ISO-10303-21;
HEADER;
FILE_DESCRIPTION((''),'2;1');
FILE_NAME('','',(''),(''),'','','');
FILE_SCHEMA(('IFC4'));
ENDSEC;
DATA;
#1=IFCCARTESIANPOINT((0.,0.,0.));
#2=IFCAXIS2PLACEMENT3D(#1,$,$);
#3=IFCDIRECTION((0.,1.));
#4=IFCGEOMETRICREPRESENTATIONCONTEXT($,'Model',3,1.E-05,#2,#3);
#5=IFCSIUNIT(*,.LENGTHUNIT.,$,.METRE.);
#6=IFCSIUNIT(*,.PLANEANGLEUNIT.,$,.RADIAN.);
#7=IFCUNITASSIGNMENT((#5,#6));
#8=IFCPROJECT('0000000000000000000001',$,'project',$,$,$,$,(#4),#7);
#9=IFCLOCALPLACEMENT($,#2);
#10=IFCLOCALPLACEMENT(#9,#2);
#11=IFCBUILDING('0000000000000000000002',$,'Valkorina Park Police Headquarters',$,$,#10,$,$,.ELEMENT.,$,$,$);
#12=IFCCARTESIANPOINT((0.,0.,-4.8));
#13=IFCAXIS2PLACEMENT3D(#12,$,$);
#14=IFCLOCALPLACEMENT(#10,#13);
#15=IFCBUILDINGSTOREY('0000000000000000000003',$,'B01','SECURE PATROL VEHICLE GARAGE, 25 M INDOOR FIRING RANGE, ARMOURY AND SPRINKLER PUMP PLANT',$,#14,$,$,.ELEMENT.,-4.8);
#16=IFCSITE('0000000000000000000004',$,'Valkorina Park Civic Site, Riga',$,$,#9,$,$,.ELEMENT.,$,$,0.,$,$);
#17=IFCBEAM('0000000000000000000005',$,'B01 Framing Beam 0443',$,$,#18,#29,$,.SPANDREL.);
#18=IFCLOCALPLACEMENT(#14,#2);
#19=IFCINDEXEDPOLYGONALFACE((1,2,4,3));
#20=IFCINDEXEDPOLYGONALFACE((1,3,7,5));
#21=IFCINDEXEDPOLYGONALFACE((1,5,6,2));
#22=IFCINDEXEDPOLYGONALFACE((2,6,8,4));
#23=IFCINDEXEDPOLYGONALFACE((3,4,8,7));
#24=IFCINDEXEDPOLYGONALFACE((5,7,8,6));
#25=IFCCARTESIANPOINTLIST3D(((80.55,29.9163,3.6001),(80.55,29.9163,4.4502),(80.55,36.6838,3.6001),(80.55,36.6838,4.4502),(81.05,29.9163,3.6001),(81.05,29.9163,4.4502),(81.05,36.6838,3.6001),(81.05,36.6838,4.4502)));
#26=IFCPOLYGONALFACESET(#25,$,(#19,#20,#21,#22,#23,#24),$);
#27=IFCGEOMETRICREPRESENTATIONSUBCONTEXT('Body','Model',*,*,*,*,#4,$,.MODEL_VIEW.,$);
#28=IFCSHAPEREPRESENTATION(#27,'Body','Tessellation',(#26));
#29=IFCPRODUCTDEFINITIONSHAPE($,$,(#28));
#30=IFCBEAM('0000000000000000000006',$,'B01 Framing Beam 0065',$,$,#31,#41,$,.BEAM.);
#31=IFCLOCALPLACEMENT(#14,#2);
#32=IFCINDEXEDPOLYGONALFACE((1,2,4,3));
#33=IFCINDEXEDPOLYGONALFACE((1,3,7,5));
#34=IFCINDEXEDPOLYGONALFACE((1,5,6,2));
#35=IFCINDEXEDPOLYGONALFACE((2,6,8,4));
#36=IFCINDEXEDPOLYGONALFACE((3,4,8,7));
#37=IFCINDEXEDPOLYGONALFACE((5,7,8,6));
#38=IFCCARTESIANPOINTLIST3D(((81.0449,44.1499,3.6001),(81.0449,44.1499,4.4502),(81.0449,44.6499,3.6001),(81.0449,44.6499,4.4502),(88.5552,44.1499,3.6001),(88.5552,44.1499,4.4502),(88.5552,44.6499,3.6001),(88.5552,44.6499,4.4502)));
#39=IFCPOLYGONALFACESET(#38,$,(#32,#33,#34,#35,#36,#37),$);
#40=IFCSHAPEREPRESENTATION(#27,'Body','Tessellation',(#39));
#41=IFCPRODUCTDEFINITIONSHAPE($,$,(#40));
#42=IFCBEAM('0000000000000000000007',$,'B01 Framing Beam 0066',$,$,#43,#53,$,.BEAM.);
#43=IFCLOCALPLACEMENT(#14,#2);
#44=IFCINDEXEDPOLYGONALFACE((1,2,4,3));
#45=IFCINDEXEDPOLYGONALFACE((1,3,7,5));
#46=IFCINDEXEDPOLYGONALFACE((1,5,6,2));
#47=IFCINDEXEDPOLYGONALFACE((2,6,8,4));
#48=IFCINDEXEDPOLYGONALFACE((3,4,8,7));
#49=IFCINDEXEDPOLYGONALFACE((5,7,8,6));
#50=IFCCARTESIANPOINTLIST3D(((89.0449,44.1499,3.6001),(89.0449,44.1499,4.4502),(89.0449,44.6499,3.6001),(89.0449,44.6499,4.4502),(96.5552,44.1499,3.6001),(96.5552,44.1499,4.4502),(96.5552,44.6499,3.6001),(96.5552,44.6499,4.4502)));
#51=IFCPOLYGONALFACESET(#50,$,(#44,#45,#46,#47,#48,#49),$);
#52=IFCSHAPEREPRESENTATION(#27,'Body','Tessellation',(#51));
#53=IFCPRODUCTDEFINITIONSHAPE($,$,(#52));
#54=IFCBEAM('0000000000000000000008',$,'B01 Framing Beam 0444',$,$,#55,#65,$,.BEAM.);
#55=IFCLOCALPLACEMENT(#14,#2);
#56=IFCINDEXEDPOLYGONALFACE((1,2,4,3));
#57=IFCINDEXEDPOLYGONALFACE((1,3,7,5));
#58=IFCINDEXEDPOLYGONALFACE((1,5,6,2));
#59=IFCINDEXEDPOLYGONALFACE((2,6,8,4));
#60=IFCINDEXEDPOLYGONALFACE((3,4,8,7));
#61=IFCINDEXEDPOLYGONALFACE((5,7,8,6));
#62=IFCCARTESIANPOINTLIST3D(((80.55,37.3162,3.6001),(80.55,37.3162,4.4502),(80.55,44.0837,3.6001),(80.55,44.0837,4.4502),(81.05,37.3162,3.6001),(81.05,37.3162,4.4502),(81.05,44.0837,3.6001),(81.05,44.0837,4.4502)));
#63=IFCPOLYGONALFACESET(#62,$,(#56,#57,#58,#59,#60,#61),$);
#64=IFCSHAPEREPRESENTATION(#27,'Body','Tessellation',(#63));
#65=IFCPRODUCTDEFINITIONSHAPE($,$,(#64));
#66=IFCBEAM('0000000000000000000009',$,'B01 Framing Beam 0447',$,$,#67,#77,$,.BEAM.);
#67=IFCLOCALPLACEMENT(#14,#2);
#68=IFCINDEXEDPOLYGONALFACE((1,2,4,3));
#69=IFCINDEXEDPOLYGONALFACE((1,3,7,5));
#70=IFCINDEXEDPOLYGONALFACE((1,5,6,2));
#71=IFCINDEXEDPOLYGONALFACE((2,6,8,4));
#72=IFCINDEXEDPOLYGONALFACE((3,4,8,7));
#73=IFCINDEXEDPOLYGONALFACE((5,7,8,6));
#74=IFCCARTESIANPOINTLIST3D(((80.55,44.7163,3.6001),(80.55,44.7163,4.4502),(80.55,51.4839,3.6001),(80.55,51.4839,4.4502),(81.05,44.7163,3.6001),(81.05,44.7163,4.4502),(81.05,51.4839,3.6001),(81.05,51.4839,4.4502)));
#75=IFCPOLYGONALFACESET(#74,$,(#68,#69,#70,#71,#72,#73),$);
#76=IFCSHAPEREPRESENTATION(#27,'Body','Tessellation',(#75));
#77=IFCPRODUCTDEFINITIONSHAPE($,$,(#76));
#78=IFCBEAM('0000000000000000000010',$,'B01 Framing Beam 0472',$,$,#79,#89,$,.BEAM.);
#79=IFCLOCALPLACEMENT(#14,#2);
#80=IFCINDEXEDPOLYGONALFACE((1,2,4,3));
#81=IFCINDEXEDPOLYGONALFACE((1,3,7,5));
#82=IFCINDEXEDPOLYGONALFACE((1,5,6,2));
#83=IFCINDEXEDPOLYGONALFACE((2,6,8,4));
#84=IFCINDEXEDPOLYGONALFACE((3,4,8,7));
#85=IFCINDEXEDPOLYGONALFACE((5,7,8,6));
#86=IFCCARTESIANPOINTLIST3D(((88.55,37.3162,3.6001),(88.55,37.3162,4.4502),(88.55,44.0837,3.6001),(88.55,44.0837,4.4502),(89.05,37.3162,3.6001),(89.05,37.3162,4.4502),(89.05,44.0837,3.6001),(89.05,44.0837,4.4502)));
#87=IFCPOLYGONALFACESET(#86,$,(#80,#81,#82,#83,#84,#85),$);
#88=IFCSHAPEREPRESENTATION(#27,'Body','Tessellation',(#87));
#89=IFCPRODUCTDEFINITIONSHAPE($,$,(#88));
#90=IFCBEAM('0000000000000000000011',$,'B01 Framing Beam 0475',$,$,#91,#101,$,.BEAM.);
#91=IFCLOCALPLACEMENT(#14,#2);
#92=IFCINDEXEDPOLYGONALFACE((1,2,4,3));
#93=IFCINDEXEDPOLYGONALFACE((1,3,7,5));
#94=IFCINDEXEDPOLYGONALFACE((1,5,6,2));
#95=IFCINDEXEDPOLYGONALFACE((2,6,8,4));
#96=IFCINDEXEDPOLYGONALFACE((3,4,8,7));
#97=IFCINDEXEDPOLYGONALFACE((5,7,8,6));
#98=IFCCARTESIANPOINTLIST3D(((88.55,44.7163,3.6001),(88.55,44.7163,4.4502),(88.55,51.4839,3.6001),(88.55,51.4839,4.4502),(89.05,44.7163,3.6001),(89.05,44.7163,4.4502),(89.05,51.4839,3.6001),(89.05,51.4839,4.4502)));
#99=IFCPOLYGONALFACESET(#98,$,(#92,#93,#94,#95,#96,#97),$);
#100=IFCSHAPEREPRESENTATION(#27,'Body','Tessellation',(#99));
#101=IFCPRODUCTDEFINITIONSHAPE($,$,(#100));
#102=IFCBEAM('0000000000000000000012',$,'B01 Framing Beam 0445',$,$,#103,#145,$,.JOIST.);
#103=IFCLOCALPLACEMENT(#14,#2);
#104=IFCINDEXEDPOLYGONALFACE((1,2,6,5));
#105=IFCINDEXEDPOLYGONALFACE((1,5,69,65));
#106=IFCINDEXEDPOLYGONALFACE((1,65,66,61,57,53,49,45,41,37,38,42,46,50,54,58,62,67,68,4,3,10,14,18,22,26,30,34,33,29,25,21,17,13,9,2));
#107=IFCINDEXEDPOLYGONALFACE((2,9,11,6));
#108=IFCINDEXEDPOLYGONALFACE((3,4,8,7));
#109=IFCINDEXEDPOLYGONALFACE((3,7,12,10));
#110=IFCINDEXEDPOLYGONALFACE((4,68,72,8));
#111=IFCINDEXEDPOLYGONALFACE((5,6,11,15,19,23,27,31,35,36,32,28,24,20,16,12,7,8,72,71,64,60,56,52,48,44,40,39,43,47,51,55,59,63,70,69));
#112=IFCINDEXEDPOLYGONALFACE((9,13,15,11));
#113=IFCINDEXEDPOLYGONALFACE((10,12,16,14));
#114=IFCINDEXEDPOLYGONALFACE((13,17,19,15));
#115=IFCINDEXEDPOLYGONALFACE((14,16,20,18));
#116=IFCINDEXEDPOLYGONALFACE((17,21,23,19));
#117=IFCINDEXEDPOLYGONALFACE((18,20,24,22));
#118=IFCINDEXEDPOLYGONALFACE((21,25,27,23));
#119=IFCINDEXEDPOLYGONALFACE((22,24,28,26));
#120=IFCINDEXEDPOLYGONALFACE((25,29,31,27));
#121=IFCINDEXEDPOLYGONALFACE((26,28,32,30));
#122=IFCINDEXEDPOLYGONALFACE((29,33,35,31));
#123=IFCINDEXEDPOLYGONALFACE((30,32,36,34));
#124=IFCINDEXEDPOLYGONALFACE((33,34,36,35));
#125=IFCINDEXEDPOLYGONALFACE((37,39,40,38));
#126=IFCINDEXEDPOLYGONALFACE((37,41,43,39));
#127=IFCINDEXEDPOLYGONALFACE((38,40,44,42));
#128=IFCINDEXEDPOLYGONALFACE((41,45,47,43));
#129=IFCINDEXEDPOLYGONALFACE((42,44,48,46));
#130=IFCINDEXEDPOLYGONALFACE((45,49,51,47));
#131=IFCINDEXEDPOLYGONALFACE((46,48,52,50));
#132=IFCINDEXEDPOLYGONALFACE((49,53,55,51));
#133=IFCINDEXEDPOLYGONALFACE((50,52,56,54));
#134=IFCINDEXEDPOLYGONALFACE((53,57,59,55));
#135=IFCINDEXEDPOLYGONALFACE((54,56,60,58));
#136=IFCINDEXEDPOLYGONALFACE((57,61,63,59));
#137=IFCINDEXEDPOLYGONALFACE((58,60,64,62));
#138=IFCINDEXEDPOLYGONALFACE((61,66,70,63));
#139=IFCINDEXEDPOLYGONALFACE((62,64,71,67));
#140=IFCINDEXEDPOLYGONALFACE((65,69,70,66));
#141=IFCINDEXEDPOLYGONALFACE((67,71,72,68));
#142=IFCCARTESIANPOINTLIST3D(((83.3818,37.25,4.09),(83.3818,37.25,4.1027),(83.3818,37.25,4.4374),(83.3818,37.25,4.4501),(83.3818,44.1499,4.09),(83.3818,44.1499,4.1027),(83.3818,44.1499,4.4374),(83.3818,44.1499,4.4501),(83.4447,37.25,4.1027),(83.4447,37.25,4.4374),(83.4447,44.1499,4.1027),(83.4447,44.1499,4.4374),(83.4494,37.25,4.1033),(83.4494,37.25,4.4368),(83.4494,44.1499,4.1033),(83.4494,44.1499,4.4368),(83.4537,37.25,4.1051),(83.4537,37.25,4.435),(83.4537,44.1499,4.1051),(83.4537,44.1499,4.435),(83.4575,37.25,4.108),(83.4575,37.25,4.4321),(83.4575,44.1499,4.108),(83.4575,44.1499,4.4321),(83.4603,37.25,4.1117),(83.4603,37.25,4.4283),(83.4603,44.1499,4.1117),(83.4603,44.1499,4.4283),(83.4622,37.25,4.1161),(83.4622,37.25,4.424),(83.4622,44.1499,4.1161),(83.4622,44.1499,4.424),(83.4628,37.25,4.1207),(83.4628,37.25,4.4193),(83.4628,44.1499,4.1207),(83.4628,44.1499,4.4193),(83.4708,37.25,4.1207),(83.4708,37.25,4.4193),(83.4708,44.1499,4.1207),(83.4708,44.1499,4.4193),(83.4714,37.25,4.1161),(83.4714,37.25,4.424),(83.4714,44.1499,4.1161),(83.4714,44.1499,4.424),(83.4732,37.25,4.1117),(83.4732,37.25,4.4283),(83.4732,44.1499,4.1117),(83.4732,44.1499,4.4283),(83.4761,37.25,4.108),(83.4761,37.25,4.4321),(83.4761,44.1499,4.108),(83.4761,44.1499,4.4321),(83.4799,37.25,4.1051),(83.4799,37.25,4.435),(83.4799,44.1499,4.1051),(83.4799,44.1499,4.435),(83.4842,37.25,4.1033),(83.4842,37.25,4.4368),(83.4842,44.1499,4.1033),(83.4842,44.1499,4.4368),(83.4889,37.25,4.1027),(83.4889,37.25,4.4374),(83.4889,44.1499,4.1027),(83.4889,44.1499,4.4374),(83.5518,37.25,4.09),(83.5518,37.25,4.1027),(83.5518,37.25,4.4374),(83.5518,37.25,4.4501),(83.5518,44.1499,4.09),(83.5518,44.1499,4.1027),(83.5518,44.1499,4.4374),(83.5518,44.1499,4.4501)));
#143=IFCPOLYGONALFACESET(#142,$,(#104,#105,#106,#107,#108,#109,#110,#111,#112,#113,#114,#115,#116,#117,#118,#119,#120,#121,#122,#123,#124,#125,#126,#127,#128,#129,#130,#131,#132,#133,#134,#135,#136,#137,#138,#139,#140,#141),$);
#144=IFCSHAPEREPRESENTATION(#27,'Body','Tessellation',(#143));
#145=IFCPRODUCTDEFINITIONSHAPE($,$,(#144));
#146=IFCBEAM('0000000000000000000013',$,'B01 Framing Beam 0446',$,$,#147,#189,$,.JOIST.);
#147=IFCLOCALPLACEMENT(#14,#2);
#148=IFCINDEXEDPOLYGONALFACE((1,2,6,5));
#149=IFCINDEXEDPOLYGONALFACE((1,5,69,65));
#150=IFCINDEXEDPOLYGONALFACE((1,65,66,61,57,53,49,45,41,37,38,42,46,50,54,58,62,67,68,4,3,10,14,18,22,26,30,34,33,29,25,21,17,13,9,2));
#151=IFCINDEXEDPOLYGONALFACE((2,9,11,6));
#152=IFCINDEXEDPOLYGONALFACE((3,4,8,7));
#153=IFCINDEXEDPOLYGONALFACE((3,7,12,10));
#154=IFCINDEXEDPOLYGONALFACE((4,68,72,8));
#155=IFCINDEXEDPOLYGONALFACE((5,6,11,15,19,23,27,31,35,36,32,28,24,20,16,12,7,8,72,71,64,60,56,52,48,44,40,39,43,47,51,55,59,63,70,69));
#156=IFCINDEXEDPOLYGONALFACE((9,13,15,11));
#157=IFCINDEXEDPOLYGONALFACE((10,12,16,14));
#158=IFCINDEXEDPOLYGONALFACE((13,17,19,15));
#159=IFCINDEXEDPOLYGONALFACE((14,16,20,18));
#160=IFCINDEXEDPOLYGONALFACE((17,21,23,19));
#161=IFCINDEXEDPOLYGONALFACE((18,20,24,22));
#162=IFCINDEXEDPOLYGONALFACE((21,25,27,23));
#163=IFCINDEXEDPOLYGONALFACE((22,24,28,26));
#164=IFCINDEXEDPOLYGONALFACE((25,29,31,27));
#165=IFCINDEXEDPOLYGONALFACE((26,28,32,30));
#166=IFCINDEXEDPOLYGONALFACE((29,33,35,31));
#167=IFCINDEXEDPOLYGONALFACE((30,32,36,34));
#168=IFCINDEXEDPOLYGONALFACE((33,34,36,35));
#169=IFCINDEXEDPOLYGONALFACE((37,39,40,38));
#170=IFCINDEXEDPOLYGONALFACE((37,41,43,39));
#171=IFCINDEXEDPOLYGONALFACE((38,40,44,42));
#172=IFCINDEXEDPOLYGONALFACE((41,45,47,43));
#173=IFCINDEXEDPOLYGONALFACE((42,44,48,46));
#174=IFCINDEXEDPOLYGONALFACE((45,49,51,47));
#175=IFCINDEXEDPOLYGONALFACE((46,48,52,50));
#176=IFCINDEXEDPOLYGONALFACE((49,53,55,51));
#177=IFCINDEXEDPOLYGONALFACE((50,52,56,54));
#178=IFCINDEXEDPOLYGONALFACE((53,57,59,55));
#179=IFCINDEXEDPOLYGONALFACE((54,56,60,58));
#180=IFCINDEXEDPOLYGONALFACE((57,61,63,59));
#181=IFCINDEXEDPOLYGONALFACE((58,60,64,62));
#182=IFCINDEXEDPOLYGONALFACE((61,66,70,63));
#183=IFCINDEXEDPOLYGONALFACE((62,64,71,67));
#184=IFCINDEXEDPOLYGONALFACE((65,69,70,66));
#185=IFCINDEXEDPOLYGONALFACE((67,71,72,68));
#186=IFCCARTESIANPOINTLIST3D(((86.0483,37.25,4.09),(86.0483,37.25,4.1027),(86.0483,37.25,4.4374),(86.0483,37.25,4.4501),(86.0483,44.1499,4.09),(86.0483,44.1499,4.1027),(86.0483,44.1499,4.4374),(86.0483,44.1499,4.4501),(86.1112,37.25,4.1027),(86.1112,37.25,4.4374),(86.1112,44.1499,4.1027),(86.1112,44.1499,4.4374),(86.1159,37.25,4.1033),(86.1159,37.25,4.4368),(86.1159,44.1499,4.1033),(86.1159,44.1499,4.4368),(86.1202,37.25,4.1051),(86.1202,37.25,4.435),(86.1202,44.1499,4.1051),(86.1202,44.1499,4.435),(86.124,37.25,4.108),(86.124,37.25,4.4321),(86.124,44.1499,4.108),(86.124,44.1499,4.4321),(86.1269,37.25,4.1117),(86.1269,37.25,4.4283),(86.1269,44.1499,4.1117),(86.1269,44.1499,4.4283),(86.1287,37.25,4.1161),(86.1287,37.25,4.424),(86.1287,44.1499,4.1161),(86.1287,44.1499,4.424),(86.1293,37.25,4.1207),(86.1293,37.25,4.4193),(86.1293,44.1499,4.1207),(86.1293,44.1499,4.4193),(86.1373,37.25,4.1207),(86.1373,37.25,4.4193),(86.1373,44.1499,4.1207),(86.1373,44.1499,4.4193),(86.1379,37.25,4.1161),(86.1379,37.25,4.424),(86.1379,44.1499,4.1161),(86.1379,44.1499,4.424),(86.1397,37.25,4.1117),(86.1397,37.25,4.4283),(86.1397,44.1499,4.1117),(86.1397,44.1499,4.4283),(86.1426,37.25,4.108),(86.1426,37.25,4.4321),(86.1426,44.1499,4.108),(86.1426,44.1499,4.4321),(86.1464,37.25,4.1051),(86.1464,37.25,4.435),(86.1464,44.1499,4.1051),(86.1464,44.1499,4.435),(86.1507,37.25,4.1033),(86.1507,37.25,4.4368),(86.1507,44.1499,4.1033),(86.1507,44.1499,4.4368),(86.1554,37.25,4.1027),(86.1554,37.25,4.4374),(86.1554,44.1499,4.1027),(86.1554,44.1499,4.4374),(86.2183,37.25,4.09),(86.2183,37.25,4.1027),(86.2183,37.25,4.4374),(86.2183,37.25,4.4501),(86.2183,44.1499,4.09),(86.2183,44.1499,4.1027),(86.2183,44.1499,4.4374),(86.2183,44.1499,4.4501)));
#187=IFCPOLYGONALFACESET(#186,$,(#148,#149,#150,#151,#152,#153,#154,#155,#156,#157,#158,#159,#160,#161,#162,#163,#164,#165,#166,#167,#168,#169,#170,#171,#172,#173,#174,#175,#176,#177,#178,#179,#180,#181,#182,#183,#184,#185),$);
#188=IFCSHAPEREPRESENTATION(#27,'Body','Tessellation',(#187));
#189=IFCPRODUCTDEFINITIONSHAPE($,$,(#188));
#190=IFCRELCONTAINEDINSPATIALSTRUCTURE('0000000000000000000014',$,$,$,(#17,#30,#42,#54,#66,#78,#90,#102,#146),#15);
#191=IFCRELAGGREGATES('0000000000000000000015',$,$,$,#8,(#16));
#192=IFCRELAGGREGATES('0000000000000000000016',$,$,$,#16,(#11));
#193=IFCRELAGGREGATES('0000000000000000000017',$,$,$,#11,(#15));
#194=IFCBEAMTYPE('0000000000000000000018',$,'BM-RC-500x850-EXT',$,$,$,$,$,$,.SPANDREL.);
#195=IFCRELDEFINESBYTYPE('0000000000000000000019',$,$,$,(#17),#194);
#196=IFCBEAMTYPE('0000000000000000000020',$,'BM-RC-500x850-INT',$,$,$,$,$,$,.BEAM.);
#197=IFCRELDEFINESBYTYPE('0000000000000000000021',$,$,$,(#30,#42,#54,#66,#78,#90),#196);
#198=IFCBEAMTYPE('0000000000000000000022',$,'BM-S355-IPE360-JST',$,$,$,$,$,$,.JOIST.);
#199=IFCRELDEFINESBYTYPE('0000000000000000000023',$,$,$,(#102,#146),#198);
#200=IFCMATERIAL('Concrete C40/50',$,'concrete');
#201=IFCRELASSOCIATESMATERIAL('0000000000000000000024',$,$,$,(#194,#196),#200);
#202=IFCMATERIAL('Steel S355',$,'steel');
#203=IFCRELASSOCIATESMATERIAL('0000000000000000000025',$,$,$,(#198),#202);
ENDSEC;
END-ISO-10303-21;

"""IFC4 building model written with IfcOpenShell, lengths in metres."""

from ifc_helpers import new_model, si_unit, direction, frame, origin, origin_2d, place, context, subcontext, project, spatial, rectangle, i_section, extrude, material, material_profile, profile_set, type_object, element, save


model = new_model("IFC4")

# Units and contexts
model_context = context("Model", 3, precision=1e-05, world=origin(), true_north=direction((0.0, 1.0)))
body_context = subcontext(model_context, "Body", "Model", "MODEL_VIEW")
ifc_project = project(units=[si_unit("LENGTHUNIT", "METRE"), si_unit("PLANEANGLEUNIT", "RADIAN")], contexts=[model_context])

# Site, building, storey
site_placement = place(None, origin())
site = spatial("IfcSite", under=ifc_project, at=site_placement, Name="Valkorina Park Civic Site, Riga", CompositionType="ELEMENT", RefElevation=0.0)
building_placement = place(site_placement, origin())
building = spatial("IfcBuilding", under=site, at=building_placement, Name="Valkorina Park Police Headquarters", CompositionType="ELEMENT")
storey_placement = place(building_placement, frame((0.0, 0.0, -4.8)))
storey = spatial("IfcBuildingStorey", under=building, at=storey_placement, Name="B01", Description="SECURE PATROL VEHICLE GARAGE, 25 M INDOOR FIRING RANGE, ARMOURY AND SPRINKLER PUMP PLANT", CompositionType="ELEMENT", Elevation=-4.8)

# Shared definitions
ifc_material_1 = material(Name="Concrete C40/50", Category="concrete")

# Beams
ifc_material_profile_1 = material_profile(ifc_material_1, rectangle(XDim=0.5, YDim=0.8501, at=origin_2d()), Name="RC BEAM 500x850")
ifc_profile_set_1 = profile_set([ifc_material_profile_1], Name="Concrete C40/50")
beam_type_1 = type_object("IfcBeamType", Name="BM-RC-500x850-EXT", PredefinedType="SPANDREL", material=ifc_profile_set_1)
for number, where, z_axis, x_axis, name in (
    (1, (80.8, 29.9163, 4.0251), (0.0, 1.0, 0.0), (-1.0, 0.0, 0.0), "B01 Framing Beam 0443"),
):
    element("IfcBeam", number, at=place(storey_placement, frame(where, z_axis=z_axis, x_axis=x_axis)), inside=storey, type_object=beam_type_1, Name=name, PredefinedType="SPANDREL", context=body_context, shape_type="SweptSolid", body=[
        extrude(rectangle(XDim=0.5, YDim=0.8501, at=origin_2d()), origin(), (0.0, 0.0, 1.0), 6.7676),
    ])
ifc_material_profile_2 = material_profile(ifc_material_1, rectangle(XDim=0.5, YDim=0.8501, at=origin_2d()), Name="RC BEAM 500x850")
ifc_profile_set_2 = profile_set([ifc_material_profile_2], Name="Concrete C40/50")
beam_type_2 = type_object("IfcBeamType", Name="BM-RC-500x850-INT", PredefinedType="BEAM", material=ifc_profile_set_2)
for number, where, z_axis, x_axis, name in (
    (2, (81.0449, 44.3999, 4.0251), (1.0, 0.0, 0.0), (0.0, 1.0, 0.0), "B01 Framing Beam 0065"),
    (3, (89.0449, 44.3999, 4.0251), (1.0, 0.0, 0.0), (0.0, 1.0, 0.0), "B01 Framing Beam 0066"),
):
    element("IfcBeam", number, at=place(storey_placement, frame(where, z_axis=z_axis, x_axis=x_axis)), inside=storey, type_object=beam_type_2, Name=name, PredefinedType="BEAM", context=body_context, shape_type="SweptSolid", body=[
        extrude(rectangle(XDim=0.5, YDim=0.8501, at=origin_2d()), origin(), (0.0, 0.0, 1.0), 7.5103),
    ])
for number, where, z_axis, x_axis, name in (
    (4, (80.8, 37.3162, 4.0251), (0.0, 1.0, 0.0), (-1.0, 0.0, 0.0), "B01 Framing Beam 0444"),
    (5, (80.8, 44.7163, 4.0251), (0.0, 1.0, 0.0), (-1.0, 0.0, 0.0), "B01 Framing Beam 0447"),
    (6, (88.8, 37.3162, 4.0251), (0.0, 1.0, 0.0), (-1.0, 0.0, 0.0), "B01 Framing Beam 0472"),
    (7, (88.8, 44.7163, 4.0251), (0.0, 1.0, 0.0), (-1.0, 0.0, 0.0), "B01 Framing Beam 0475"),
):
    element("IfcBeam", number, at=place(storey_placement, frame(where, z_axis=z_axis, x_axis=x_axis)), inside=storey, type_object=beam_type_2, Name=name, PredefinedType="BEAM", context=body_context, shape_type="SweptSolid", body=[
        extrude(rectangle(XDim=0.5, YDim=0.8501, at=origin_2d()), origin(), (0.0, 0.0, 1.0), 6.7676),
    ])
ifc_material_2 = material(Name="Steel S355", Category="steel")
ifc_material_profile_3 = material_profile(ifc_material_2, i_section(OverallWidth=0.1699, OverallDepth=0.3601, WebThickness=0.0081, FlangeThickness=0.0127, FilletRadius=0.0181, at=origin_2d()), Name="IPE 360")
ifc_profile_set_3 = profile_set([ifc_material_profile_3], Name="Steel S355")
beam_type_3 = type_object("IfcBeamType", Name="BM-S355-IPE360-JST", PredefinedType="JOIST", material=ifc_profile_set_3)
for number, where, z_axis, x_axis, name in (
    (8, (83.4668, 37.25, 4.27), (0.0, 1.0, 0.0), (-1.0, 0.0, 0.0), "B01 Framing Beam 0445"),
    (9, (86.1333, 37.25, 4.27), (0.0, 1.0, 0.0), (-1.0, 0.0, 0.0), "B01 Framing Beam 0446"),
):
    element("IfcBeam", number, at=place(storey_placement, frame(where, z_axis=z_axis, x_axis=x_axis)), inside=storey, type_object=beam_type_3, Name=name, PredefinedType="JOIST", context=body_context, shape_type="SweptSolid", body=[
        extrude(i_section(OverallWidth=0.1699, OverallDepth=0.3601, WebThickness=0.0081, FlangeThickness=0.0127, FilletRadius=0.0181, at=origin_2d()), origin(), (0.0, 0.0, 1.0), 6.8999),
    ])

save(model, "model.ifc")
